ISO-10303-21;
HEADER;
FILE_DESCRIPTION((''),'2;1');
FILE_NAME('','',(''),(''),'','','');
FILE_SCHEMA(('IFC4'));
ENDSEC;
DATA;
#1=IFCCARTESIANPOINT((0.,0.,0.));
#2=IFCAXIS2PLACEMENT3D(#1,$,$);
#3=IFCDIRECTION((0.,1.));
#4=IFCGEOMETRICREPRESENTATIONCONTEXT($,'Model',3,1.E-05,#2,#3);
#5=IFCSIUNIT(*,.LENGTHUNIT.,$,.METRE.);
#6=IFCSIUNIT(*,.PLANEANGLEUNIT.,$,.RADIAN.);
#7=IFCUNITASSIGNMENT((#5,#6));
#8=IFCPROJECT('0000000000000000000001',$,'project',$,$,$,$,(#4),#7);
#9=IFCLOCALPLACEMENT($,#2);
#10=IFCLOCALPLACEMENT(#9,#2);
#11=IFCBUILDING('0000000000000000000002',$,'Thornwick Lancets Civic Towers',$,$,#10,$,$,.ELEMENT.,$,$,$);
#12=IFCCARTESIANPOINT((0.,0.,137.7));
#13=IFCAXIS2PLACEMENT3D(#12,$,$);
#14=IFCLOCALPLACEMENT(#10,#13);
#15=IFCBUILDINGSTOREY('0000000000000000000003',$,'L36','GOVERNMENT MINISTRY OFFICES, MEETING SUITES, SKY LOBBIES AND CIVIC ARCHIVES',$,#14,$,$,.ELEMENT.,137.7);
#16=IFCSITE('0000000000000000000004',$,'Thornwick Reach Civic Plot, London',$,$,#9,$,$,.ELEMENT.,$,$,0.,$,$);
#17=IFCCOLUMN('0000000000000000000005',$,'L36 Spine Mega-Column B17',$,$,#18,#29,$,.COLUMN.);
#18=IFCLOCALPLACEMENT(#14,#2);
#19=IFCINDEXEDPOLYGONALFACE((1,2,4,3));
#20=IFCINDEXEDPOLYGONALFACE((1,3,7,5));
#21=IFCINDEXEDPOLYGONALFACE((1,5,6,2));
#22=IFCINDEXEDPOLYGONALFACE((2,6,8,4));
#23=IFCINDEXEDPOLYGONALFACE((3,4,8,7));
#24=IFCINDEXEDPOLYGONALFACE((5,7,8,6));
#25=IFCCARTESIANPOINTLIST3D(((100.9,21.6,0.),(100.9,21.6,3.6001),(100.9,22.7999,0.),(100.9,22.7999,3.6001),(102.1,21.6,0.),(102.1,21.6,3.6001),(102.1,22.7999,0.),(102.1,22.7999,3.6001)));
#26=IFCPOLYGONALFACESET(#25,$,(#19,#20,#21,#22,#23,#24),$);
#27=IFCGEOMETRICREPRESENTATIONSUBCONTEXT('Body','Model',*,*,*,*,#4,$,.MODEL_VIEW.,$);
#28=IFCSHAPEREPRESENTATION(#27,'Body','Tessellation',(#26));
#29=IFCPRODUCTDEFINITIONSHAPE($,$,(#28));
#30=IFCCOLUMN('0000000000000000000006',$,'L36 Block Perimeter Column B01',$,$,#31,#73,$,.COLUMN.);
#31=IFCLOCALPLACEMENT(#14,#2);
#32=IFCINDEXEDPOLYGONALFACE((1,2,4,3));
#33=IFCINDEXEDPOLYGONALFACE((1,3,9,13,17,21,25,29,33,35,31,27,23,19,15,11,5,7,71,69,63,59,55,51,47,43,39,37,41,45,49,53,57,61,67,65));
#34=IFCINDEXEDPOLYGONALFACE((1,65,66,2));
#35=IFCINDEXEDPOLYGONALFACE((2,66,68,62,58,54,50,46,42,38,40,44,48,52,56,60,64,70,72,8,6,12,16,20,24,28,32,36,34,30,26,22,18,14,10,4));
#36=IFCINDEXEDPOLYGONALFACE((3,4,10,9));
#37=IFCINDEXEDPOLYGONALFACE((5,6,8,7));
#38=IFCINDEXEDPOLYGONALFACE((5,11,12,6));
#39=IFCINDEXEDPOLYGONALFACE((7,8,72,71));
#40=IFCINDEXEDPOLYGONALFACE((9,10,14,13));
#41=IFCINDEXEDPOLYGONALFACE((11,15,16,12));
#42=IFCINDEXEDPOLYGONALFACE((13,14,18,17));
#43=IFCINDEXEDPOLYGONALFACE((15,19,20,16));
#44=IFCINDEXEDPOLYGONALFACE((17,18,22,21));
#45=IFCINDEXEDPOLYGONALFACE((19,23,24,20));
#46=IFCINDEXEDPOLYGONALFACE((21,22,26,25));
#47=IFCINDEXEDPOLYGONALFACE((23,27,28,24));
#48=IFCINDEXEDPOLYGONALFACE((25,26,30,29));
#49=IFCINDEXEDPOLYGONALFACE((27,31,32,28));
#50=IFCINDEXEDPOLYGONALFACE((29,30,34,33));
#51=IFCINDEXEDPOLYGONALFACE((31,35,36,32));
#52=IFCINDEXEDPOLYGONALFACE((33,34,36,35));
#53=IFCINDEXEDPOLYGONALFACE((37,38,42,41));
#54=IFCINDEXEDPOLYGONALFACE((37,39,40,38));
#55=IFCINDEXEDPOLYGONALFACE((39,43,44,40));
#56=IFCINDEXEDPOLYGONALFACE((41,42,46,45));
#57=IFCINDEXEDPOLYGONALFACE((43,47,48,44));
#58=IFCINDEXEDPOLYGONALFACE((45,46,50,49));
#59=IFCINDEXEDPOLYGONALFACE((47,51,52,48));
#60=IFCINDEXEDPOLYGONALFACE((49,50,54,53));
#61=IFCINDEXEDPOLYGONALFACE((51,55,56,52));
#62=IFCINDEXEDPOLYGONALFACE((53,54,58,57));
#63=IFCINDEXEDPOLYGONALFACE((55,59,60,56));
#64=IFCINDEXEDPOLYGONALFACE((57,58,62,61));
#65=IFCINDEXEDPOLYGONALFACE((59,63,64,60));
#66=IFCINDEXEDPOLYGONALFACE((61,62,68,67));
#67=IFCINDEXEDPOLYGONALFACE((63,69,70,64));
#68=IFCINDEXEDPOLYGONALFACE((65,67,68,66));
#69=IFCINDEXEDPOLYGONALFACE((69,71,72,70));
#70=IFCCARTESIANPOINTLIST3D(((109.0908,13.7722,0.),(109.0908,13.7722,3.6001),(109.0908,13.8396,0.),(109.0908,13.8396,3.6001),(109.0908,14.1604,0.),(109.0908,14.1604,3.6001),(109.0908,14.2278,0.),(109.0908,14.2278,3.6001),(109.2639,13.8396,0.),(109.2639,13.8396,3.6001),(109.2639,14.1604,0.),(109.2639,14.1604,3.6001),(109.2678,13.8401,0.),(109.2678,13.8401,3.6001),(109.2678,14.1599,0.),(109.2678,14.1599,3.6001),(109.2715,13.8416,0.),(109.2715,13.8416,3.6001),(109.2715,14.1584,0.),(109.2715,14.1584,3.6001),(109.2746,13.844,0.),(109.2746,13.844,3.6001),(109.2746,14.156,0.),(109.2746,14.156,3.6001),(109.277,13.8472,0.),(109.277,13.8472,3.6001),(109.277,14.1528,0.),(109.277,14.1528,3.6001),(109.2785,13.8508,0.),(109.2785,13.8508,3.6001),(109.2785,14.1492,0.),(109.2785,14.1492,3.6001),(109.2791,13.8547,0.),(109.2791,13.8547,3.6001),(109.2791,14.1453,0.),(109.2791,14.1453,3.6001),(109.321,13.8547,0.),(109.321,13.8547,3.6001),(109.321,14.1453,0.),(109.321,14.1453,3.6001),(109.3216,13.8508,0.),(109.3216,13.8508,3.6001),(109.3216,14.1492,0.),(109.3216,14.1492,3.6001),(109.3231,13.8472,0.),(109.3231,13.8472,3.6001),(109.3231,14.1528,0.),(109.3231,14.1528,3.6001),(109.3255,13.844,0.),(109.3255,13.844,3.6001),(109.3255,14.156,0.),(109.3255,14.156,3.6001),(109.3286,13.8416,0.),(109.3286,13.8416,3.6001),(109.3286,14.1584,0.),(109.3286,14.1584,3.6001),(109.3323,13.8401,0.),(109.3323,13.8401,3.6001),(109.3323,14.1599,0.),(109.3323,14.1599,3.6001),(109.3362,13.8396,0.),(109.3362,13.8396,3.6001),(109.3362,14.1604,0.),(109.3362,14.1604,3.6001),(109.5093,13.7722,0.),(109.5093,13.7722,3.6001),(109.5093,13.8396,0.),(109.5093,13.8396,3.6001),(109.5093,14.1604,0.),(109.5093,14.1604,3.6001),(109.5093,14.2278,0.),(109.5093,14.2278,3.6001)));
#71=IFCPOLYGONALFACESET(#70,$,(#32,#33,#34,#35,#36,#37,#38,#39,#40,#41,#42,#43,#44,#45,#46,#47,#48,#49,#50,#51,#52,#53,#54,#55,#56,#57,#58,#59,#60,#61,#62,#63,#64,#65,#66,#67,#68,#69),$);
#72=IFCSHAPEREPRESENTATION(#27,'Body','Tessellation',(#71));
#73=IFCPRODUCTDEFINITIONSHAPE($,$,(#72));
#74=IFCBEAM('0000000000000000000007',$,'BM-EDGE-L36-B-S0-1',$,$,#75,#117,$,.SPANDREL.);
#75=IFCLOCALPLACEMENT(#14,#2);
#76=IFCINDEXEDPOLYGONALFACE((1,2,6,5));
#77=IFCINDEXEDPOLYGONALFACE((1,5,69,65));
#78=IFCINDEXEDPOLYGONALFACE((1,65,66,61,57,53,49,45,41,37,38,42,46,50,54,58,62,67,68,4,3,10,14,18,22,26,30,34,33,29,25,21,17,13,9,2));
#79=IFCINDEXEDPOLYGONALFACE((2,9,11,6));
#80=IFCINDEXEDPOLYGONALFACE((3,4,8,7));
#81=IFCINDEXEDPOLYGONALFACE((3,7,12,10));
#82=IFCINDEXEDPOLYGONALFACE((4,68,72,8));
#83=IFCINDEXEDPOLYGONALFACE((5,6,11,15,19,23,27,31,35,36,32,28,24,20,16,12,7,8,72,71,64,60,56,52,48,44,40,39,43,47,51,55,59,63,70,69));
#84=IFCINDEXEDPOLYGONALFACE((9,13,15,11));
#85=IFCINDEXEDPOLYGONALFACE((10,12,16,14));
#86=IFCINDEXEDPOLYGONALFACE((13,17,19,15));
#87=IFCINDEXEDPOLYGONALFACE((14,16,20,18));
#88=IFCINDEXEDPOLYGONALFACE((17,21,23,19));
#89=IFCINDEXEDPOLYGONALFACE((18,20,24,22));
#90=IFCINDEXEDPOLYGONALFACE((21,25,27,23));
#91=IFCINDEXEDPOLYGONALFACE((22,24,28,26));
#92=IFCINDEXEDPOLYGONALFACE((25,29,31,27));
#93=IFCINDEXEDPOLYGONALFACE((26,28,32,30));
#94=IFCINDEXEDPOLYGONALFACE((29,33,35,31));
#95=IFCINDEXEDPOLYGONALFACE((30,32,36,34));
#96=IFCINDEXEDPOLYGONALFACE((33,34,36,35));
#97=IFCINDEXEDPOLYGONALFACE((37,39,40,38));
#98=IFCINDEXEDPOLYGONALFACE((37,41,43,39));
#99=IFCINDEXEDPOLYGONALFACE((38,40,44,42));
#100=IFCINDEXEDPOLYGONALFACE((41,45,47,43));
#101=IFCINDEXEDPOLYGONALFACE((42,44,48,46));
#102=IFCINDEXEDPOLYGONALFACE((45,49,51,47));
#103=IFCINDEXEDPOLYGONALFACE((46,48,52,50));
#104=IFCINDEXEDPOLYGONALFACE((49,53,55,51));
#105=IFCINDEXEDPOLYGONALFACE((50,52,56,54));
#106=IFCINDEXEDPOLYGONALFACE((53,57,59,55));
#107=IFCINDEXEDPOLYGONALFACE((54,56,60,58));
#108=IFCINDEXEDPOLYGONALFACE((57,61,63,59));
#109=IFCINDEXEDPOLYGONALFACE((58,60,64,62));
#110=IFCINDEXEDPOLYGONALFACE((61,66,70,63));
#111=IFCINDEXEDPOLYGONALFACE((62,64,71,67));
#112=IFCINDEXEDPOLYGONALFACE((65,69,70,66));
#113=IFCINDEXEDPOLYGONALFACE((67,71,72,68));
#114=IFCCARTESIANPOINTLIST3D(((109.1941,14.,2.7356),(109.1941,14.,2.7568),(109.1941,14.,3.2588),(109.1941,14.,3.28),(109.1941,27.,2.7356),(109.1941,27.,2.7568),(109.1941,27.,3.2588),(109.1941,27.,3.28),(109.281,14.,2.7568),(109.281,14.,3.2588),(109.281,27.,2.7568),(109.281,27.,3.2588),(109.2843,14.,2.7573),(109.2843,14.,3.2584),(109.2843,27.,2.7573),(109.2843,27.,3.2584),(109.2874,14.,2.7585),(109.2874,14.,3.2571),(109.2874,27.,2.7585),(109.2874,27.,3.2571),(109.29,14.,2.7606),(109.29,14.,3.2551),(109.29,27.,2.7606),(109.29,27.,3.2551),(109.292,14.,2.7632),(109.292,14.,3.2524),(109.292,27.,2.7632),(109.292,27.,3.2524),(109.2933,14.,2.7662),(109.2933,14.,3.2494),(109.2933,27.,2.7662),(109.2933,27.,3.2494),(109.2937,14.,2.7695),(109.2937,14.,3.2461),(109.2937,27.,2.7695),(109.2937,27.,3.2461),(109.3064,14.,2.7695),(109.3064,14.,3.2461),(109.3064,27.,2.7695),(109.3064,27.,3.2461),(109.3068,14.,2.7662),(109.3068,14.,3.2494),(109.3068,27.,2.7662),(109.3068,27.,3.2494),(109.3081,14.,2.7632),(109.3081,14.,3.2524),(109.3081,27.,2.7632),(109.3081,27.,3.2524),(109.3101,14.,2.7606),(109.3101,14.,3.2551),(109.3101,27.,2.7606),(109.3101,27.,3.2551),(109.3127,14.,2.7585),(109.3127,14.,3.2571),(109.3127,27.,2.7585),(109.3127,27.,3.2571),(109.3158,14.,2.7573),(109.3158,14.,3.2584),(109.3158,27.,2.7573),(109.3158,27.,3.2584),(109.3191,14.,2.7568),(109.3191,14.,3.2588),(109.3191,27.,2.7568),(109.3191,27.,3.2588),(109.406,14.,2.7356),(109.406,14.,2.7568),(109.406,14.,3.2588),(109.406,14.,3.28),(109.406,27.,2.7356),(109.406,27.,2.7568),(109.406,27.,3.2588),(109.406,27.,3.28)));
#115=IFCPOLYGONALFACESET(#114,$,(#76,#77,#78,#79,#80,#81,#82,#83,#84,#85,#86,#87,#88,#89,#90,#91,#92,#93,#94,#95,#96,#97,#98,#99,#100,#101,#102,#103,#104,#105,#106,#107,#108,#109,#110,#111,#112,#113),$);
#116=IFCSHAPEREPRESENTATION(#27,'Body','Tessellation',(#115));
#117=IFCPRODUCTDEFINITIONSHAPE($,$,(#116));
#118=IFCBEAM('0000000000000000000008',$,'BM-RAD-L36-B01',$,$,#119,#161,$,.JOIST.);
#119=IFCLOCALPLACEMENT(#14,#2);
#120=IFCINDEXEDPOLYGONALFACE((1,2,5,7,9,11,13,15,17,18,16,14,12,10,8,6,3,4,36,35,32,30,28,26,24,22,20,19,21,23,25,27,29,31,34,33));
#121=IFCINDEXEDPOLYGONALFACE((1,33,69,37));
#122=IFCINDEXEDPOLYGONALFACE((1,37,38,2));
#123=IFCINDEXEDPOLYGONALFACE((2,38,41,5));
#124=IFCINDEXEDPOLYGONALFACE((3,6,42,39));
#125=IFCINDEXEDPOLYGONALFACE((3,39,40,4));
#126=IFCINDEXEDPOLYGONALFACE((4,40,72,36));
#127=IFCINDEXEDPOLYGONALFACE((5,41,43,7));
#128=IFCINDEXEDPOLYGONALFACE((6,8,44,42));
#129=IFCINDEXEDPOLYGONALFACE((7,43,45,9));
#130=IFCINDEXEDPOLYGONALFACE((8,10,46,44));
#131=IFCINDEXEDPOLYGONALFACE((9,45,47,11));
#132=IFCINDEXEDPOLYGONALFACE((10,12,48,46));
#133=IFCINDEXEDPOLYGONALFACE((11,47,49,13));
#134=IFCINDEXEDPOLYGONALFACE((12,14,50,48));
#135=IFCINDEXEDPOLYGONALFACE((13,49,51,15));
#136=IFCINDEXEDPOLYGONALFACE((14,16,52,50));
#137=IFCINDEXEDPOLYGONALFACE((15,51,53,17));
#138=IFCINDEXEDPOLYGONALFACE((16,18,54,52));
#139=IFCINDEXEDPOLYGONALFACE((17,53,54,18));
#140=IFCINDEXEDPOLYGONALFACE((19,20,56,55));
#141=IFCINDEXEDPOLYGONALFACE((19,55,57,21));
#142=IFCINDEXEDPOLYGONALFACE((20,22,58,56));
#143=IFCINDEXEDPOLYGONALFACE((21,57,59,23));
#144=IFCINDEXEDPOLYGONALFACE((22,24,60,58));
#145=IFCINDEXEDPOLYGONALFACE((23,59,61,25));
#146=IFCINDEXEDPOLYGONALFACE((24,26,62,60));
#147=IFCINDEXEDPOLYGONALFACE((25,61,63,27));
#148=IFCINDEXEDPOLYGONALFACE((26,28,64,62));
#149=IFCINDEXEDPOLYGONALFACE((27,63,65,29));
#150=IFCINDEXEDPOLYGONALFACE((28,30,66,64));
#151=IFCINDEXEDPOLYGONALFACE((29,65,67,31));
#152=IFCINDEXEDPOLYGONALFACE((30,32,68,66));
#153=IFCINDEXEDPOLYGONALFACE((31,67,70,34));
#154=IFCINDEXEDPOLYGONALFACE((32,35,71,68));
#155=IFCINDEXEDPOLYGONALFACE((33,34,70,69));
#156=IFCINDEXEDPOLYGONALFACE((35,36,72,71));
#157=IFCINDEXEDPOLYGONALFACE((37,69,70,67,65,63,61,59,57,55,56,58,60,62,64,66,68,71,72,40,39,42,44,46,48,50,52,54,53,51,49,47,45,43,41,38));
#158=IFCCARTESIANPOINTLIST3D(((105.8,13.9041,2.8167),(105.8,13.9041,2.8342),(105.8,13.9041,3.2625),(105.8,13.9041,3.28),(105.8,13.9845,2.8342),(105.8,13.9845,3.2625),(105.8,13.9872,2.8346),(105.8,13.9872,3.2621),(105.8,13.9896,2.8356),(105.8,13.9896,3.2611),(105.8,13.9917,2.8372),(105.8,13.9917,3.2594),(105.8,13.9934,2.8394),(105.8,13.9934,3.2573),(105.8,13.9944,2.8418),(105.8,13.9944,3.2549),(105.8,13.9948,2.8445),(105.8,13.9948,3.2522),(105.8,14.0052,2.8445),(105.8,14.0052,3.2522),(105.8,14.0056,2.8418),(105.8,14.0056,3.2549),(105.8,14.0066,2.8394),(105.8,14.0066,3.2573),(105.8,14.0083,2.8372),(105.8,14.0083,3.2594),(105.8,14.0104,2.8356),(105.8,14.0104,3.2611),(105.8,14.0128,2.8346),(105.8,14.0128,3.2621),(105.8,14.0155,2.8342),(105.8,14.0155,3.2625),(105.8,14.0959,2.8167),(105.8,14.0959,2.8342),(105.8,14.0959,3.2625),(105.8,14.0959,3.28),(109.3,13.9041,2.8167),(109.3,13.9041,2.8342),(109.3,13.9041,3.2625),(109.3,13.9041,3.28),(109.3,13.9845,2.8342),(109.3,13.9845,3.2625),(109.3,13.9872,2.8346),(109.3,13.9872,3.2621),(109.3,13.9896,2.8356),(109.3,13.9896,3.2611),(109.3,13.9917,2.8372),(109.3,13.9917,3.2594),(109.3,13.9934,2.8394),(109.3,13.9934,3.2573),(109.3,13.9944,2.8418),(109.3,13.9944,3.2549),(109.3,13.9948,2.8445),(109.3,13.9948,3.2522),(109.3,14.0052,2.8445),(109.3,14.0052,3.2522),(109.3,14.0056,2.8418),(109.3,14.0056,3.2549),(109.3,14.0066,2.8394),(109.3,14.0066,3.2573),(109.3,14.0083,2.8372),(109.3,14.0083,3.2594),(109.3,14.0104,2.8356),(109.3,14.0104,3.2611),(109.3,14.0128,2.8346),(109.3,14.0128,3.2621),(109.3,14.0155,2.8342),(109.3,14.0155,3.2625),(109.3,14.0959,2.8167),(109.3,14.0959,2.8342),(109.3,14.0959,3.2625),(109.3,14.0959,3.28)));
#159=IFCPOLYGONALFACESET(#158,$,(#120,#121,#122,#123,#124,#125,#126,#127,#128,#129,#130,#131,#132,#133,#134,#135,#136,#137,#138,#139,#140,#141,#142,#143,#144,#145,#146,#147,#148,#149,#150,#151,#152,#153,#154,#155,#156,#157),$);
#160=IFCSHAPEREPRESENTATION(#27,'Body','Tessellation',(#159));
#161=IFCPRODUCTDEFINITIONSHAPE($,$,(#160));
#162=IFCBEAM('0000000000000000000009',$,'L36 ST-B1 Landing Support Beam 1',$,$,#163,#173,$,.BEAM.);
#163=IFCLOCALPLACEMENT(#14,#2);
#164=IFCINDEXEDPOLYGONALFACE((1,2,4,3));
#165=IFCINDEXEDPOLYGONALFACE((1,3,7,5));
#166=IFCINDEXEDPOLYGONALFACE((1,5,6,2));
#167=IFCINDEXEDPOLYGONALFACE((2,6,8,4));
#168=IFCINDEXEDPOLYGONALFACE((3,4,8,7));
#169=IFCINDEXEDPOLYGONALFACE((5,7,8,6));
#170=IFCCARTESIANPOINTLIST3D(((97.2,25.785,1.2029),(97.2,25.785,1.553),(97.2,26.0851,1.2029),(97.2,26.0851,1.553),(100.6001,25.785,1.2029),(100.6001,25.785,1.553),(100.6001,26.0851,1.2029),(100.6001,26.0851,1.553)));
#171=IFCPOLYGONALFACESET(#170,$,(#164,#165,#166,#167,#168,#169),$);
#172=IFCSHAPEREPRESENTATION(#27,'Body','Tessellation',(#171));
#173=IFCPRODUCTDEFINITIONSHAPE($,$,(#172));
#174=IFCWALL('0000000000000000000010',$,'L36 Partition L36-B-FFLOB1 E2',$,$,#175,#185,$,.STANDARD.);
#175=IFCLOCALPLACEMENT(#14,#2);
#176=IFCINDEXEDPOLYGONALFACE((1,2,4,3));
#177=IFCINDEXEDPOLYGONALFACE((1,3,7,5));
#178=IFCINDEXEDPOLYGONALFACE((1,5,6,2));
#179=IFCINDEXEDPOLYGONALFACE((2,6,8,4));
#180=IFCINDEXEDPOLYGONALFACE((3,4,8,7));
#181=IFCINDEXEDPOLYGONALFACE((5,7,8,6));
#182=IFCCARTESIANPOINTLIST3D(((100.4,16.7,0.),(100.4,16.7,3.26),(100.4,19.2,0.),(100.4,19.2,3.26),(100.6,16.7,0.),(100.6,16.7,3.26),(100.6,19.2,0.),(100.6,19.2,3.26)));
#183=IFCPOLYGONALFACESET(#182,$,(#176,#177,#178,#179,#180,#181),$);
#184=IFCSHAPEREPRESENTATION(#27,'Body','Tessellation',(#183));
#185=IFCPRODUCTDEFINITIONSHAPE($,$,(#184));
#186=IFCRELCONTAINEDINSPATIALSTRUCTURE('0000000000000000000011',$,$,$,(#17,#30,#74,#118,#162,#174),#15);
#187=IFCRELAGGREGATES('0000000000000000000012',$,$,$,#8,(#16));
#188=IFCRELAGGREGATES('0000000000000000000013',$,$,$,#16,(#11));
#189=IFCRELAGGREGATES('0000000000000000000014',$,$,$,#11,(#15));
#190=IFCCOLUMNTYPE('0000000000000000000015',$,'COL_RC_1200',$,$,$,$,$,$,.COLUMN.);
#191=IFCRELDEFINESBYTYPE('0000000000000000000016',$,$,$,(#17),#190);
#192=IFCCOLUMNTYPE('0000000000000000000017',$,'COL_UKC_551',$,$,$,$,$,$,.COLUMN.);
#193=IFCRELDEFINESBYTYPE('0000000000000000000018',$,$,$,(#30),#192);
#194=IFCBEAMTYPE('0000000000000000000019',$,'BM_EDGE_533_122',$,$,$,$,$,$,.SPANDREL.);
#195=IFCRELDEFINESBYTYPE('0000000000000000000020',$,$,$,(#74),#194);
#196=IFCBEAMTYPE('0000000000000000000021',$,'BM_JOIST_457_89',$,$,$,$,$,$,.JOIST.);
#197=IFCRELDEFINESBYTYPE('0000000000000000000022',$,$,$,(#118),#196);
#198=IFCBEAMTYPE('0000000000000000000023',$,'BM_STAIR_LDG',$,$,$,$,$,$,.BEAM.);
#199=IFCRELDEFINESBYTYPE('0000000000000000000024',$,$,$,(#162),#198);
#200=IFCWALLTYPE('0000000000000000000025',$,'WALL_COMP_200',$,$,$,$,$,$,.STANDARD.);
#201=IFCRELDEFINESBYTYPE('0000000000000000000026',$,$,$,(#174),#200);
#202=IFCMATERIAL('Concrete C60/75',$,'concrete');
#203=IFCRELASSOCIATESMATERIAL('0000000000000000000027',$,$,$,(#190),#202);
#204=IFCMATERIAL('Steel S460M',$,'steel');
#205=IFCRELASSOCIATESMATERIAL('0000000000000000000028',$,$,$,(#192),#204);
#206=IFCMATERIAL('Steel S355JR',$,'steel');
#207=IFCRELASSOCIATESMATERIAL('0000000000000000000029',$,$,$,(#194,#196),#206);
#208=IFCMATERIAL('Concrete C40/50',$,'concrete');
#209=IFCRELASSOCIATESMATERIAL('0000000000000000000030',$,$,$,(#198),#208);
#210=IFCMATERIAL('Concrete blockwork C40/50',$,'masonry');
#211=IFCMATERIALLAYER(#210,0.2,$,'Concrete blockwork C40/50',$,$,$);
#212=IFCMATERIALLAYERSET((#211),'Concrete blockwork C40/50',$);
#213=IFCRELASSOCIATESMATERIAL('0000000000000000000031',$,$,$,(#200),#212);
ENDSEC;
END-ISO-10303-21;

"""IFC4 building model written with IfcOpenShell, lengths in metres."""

from ifc_helpers import new_model, si_unit, direction, frame, frame_2d, origin, origin_2d, place, context, subcontext, project, spatial, rectangle, i_section, extrude, material, layer, layer_set, material_profile, profile_set, type_object, element, save


model = new_model("IFC4")

# Units and contexts
model_context = context("Model", 3, precision=1e-05, world=origin(), true_north=direction((0.0, 1.0)))
body_context = subcontext(model_context, "Body", "Model", "MODEL_VIEW")
ifc_project = project(units=[si_unit("LENGTHUNIT", "METRE"), si_unit("PLANEANGLEUNIT", "RADIAN")], contexts=[model_context])

# Site, building, storey
site_placement = place(None, origin())
site = spatial("IfcSite", under=ifc_project, at=site_placement, Name="Thornwick Reach Civic Plot, London", CompositionType="ELEMENT", RefElevation=0.0)
building_placement = place(site_placement, origin())
building = spatial("IfcBuilding", under=site, at=building_placement, Name="Thornwick Lancets Civic Towers", CompositionType="ELEMENT")
storey_placement = place(building_placement, frame((0.0, 0.0, 137.7)))
storey = spatial("IfcBuildingStorey", under=building, at=storey_placement, Name="L36", Description="GOVERNMENT MINISTRY OFFICES, MEETING SUITES, SKY LOBBIES AND CIVIC ARCHIVES", CompositionType="ELEMENT", Elevation=137.7)

# Columns
ifc_material_1 = material(Name="Concrete C60/75", Category="concrete")
ifc_material_profile_1 = material_profile(ifc_material_1, rectangle(XDim=1.2, YDim=1.2, at=origin_2d()), Name="RC 1200x1200")
ifc_profile_set_1 = profile_set([ifc_material_profile_1], Name="Concrete C60/75")
column_type_1 = type_object("IfcColumnType", Name="COL_RC_1200", PredefinedType="COLUMN", material=ifc_profile_set_1)
column_1_placement = place(storey_placement, frame((101.5, 22.2, 0.0), z_axis=(0.0, 0.0, 1.0), x_axis=(1.0, 0.0, 0.0)))
element("IfcColumn", 1, at=column_1_placement, inside=storey, type_object=column_type_1, Name="L36 Spine Mega-Column B17", PredefinedType="COLUMN", context=body_context, shape_type="SweptSolid", body=[
    extrude(rectangle(XDim=1.2, YDim=1.2, at=origin_2d()), origin(), (0.0, 0.0, 1.0), 3.6001),
])
ifc_material_2 = material(Name="Steel S460M", Category="steel")
ifc_material_profile_2 = material_profile(ifc_material_2, i_section(OverallWidth=0.4185, OverallDepth=0.4556, WebThickness=0.042, FlangeThickness=0.0674, FilletRadius=0.0151, at=origin_2d()), Name="UKC 356x406x551")
ifc_profile_set_2 = profile_set([ifc_material_profile_2], Name="Steel S460M")
column_type_2 = type_object("IfcColumnType", Name="COL_UKC_551", PredefinedType="COLUMN", material=ifc_profile_set_2)
column_2_placement = place(storey_placement, frame((109.3, 14.0, 0.0), z_axis=(0.0, 0.0, 1.0), x_axis=(1.0, 0.0, 0.0)))
element("IfcColumn", 2, at=column_2_placement, inside=storey, type_object=column_type_2, Name="L36 Block Perimeter Column B01", PredefinedType="COLUMN", context=body_context, shape_type="SweptSolid", body=[
    extrude(i_section(OverallWidth=0.4185, OverallDepth=0.4556, WebThickness=0.042, FlangeThickness=0.0674, FilletRadius=0.0151, at=origin_2d()), origin(), (0.0, 0.0, 1.0), 3.6001),
])

# Beams
ifc_material_3 = material(Name="Steel S355JR", Category="steel")
ifc_material_profile_3 = material_profile(ifc_material_3, i_section(OverallWidth=0.2119, OverallDepth=0.5444, WebThickness=0.0127, FlangeThickness=0.0212, FilletRadius=0.0127, at=origin_2d()), Name="UKB 533x210x122")
ifc_profile_set_3 = profile_set([ifc_material_profile_3], Name="Steel S355JR")
beam_type_1 = type_object("IfcBeamType", Name="BM_EDGE_533_122", PredefinedType="SPANDREL", material=ifc_profile_set_3)
beam_1_placement = place(storey_placement, frame((109.3, 14.0, 3.0078), z_axis=(0.0, 1.0, 0.0), x_axis=(-1.0, 0.0, 0.0)))
element("IfcBeam", 3, at=beam_1_placement, inside=storey, type_object=beam_type_1, Name="BM-EDGE-L36-B-S0-1", PredefinedType="SPANDREL", context=body_context, shape_type="SweptSolid", body=[
    extrude(i_section(OverallWidth=0.2119, OverallDepth=0.5444, WebThickness=0.0127, FlangeThickness=0.0212, FilletRadius=0.0127, at=origin_2d()), origin(), (0.0, 0.0, 1.0), 13.0),
])
ifc_material_profile_4 = material_profile(ifc_material_3, i_section(OverallWidth=0.1919, OverallDepth=0.4634, WebThickness=0.0105, FlangeThickness=0.0176, FilletRadius=0.0103, at=origin_2d()), Name="UKB 457x191x89")
ifc_profile_set_4 = profile_set([ifc_material_profile_4], Name="Steel S355JR")
beam_type_2 = type_object("IfcBeamType", Name="BM_JOIST_457_89", PredefinedType="JOIST", material=ifc_profile_set_4)
beam_2_placement = place(storey_placement, frame((105.8, 14.0, 3.0483), z_axis=(1.0, 0.0, 0.0), x_axis=(0.0, 1.0, 0.0)))
element("IfcBeam", 4, at=beam_2_placement, inside=storey, type_object=beam_type_2, Name="BM-RAD-L36-B01", PredefinedType="JOIST", context=body_context, shape_type="SweptSolid", body=[
    extrude(i_section(OverallWidth=0.1919, OverallDepth=0.4634, WebThickness=0.0105, FlangeThickness=0.0176, FilletRadius=0.0103, at=origin_2d()), origin(), (0.0, 0.0, 1.0), 3.5),
])
ifc_material_4 = material(Name="Concrete C40/50", Category="concrete")
ifc_material_profile_5 = material_profile(ifc_material_4, rectangle(XDim=0.3, YDim=0.3501, at=origin_2d()), Name="RC 300x350")
ifc_profile_set_5 = profile_set([ifc_material_profile_5], Name="Concrete C40/50")
beam_type_3 = type_object("IfcBeamType", Name="BM_STAIR_LDG", PredefinedType="BEAM", material=ifc_profile_set_5)
beam_3_placement = place(storey_placement, frame((100.6001, 25.9351, 1.3779), z_axis=(-1.0, 0.0, 0.0), x_axis=(0.0, -1.0, 0.0)))
element("IfcBeam", 5, at=beam_3_placement, inside=storey, type_object=beam_type_3, Name="L36 ST-B1 Landing Support Beam 1", PredefinedType="BEAM", context=body_context, shape_type="SweptSolid", body=[
    extrude(rectangle(XDim=0.3, YDim=0.3501, at=origin_2d()), origin(), (0.0, 0.0, 1.0), 3.4001),
])

# Wall
ifc_material_5 = material(Name="Concrete blockwork C40/50", Category="masonry")
ifc_layer_1 = layer(ifc_material_5, 0.2, Name="Concrete blockwork C40/50")
ifc_layer_set_1 = layer_set([ifc_layer_1], Name="Concrete blockwork C40/50")
wall_type_1 = type_object("IfcWallType", Name="WALL_COMP_200", PredefinedType="STANDARD", material=ifc_layer_set_1)
wall_1_placement = place(storey_placement, frame((100.5, 16.7, 0.0), z_axis=(0.0, 0.0, 1.0), x_axis=(0.0, 1.0, 0.0)))
element("IfcWall", 6, at=wall_1_placement, inside=storey, type_object=wall_type_1, Name="L36 Partition L36-B-FFLOB1 E2", PredefinedType="STANDARD", context=body_context, shape_type="SweptSolid", body=[
    extrude(rectangle(XDim=2.5, YDim=0.2, at=frame_2d((1.25, 0.0))), origin(), (0.0, 0.0, 1.0), 3.26),
])

save(model, "model.ifc")
